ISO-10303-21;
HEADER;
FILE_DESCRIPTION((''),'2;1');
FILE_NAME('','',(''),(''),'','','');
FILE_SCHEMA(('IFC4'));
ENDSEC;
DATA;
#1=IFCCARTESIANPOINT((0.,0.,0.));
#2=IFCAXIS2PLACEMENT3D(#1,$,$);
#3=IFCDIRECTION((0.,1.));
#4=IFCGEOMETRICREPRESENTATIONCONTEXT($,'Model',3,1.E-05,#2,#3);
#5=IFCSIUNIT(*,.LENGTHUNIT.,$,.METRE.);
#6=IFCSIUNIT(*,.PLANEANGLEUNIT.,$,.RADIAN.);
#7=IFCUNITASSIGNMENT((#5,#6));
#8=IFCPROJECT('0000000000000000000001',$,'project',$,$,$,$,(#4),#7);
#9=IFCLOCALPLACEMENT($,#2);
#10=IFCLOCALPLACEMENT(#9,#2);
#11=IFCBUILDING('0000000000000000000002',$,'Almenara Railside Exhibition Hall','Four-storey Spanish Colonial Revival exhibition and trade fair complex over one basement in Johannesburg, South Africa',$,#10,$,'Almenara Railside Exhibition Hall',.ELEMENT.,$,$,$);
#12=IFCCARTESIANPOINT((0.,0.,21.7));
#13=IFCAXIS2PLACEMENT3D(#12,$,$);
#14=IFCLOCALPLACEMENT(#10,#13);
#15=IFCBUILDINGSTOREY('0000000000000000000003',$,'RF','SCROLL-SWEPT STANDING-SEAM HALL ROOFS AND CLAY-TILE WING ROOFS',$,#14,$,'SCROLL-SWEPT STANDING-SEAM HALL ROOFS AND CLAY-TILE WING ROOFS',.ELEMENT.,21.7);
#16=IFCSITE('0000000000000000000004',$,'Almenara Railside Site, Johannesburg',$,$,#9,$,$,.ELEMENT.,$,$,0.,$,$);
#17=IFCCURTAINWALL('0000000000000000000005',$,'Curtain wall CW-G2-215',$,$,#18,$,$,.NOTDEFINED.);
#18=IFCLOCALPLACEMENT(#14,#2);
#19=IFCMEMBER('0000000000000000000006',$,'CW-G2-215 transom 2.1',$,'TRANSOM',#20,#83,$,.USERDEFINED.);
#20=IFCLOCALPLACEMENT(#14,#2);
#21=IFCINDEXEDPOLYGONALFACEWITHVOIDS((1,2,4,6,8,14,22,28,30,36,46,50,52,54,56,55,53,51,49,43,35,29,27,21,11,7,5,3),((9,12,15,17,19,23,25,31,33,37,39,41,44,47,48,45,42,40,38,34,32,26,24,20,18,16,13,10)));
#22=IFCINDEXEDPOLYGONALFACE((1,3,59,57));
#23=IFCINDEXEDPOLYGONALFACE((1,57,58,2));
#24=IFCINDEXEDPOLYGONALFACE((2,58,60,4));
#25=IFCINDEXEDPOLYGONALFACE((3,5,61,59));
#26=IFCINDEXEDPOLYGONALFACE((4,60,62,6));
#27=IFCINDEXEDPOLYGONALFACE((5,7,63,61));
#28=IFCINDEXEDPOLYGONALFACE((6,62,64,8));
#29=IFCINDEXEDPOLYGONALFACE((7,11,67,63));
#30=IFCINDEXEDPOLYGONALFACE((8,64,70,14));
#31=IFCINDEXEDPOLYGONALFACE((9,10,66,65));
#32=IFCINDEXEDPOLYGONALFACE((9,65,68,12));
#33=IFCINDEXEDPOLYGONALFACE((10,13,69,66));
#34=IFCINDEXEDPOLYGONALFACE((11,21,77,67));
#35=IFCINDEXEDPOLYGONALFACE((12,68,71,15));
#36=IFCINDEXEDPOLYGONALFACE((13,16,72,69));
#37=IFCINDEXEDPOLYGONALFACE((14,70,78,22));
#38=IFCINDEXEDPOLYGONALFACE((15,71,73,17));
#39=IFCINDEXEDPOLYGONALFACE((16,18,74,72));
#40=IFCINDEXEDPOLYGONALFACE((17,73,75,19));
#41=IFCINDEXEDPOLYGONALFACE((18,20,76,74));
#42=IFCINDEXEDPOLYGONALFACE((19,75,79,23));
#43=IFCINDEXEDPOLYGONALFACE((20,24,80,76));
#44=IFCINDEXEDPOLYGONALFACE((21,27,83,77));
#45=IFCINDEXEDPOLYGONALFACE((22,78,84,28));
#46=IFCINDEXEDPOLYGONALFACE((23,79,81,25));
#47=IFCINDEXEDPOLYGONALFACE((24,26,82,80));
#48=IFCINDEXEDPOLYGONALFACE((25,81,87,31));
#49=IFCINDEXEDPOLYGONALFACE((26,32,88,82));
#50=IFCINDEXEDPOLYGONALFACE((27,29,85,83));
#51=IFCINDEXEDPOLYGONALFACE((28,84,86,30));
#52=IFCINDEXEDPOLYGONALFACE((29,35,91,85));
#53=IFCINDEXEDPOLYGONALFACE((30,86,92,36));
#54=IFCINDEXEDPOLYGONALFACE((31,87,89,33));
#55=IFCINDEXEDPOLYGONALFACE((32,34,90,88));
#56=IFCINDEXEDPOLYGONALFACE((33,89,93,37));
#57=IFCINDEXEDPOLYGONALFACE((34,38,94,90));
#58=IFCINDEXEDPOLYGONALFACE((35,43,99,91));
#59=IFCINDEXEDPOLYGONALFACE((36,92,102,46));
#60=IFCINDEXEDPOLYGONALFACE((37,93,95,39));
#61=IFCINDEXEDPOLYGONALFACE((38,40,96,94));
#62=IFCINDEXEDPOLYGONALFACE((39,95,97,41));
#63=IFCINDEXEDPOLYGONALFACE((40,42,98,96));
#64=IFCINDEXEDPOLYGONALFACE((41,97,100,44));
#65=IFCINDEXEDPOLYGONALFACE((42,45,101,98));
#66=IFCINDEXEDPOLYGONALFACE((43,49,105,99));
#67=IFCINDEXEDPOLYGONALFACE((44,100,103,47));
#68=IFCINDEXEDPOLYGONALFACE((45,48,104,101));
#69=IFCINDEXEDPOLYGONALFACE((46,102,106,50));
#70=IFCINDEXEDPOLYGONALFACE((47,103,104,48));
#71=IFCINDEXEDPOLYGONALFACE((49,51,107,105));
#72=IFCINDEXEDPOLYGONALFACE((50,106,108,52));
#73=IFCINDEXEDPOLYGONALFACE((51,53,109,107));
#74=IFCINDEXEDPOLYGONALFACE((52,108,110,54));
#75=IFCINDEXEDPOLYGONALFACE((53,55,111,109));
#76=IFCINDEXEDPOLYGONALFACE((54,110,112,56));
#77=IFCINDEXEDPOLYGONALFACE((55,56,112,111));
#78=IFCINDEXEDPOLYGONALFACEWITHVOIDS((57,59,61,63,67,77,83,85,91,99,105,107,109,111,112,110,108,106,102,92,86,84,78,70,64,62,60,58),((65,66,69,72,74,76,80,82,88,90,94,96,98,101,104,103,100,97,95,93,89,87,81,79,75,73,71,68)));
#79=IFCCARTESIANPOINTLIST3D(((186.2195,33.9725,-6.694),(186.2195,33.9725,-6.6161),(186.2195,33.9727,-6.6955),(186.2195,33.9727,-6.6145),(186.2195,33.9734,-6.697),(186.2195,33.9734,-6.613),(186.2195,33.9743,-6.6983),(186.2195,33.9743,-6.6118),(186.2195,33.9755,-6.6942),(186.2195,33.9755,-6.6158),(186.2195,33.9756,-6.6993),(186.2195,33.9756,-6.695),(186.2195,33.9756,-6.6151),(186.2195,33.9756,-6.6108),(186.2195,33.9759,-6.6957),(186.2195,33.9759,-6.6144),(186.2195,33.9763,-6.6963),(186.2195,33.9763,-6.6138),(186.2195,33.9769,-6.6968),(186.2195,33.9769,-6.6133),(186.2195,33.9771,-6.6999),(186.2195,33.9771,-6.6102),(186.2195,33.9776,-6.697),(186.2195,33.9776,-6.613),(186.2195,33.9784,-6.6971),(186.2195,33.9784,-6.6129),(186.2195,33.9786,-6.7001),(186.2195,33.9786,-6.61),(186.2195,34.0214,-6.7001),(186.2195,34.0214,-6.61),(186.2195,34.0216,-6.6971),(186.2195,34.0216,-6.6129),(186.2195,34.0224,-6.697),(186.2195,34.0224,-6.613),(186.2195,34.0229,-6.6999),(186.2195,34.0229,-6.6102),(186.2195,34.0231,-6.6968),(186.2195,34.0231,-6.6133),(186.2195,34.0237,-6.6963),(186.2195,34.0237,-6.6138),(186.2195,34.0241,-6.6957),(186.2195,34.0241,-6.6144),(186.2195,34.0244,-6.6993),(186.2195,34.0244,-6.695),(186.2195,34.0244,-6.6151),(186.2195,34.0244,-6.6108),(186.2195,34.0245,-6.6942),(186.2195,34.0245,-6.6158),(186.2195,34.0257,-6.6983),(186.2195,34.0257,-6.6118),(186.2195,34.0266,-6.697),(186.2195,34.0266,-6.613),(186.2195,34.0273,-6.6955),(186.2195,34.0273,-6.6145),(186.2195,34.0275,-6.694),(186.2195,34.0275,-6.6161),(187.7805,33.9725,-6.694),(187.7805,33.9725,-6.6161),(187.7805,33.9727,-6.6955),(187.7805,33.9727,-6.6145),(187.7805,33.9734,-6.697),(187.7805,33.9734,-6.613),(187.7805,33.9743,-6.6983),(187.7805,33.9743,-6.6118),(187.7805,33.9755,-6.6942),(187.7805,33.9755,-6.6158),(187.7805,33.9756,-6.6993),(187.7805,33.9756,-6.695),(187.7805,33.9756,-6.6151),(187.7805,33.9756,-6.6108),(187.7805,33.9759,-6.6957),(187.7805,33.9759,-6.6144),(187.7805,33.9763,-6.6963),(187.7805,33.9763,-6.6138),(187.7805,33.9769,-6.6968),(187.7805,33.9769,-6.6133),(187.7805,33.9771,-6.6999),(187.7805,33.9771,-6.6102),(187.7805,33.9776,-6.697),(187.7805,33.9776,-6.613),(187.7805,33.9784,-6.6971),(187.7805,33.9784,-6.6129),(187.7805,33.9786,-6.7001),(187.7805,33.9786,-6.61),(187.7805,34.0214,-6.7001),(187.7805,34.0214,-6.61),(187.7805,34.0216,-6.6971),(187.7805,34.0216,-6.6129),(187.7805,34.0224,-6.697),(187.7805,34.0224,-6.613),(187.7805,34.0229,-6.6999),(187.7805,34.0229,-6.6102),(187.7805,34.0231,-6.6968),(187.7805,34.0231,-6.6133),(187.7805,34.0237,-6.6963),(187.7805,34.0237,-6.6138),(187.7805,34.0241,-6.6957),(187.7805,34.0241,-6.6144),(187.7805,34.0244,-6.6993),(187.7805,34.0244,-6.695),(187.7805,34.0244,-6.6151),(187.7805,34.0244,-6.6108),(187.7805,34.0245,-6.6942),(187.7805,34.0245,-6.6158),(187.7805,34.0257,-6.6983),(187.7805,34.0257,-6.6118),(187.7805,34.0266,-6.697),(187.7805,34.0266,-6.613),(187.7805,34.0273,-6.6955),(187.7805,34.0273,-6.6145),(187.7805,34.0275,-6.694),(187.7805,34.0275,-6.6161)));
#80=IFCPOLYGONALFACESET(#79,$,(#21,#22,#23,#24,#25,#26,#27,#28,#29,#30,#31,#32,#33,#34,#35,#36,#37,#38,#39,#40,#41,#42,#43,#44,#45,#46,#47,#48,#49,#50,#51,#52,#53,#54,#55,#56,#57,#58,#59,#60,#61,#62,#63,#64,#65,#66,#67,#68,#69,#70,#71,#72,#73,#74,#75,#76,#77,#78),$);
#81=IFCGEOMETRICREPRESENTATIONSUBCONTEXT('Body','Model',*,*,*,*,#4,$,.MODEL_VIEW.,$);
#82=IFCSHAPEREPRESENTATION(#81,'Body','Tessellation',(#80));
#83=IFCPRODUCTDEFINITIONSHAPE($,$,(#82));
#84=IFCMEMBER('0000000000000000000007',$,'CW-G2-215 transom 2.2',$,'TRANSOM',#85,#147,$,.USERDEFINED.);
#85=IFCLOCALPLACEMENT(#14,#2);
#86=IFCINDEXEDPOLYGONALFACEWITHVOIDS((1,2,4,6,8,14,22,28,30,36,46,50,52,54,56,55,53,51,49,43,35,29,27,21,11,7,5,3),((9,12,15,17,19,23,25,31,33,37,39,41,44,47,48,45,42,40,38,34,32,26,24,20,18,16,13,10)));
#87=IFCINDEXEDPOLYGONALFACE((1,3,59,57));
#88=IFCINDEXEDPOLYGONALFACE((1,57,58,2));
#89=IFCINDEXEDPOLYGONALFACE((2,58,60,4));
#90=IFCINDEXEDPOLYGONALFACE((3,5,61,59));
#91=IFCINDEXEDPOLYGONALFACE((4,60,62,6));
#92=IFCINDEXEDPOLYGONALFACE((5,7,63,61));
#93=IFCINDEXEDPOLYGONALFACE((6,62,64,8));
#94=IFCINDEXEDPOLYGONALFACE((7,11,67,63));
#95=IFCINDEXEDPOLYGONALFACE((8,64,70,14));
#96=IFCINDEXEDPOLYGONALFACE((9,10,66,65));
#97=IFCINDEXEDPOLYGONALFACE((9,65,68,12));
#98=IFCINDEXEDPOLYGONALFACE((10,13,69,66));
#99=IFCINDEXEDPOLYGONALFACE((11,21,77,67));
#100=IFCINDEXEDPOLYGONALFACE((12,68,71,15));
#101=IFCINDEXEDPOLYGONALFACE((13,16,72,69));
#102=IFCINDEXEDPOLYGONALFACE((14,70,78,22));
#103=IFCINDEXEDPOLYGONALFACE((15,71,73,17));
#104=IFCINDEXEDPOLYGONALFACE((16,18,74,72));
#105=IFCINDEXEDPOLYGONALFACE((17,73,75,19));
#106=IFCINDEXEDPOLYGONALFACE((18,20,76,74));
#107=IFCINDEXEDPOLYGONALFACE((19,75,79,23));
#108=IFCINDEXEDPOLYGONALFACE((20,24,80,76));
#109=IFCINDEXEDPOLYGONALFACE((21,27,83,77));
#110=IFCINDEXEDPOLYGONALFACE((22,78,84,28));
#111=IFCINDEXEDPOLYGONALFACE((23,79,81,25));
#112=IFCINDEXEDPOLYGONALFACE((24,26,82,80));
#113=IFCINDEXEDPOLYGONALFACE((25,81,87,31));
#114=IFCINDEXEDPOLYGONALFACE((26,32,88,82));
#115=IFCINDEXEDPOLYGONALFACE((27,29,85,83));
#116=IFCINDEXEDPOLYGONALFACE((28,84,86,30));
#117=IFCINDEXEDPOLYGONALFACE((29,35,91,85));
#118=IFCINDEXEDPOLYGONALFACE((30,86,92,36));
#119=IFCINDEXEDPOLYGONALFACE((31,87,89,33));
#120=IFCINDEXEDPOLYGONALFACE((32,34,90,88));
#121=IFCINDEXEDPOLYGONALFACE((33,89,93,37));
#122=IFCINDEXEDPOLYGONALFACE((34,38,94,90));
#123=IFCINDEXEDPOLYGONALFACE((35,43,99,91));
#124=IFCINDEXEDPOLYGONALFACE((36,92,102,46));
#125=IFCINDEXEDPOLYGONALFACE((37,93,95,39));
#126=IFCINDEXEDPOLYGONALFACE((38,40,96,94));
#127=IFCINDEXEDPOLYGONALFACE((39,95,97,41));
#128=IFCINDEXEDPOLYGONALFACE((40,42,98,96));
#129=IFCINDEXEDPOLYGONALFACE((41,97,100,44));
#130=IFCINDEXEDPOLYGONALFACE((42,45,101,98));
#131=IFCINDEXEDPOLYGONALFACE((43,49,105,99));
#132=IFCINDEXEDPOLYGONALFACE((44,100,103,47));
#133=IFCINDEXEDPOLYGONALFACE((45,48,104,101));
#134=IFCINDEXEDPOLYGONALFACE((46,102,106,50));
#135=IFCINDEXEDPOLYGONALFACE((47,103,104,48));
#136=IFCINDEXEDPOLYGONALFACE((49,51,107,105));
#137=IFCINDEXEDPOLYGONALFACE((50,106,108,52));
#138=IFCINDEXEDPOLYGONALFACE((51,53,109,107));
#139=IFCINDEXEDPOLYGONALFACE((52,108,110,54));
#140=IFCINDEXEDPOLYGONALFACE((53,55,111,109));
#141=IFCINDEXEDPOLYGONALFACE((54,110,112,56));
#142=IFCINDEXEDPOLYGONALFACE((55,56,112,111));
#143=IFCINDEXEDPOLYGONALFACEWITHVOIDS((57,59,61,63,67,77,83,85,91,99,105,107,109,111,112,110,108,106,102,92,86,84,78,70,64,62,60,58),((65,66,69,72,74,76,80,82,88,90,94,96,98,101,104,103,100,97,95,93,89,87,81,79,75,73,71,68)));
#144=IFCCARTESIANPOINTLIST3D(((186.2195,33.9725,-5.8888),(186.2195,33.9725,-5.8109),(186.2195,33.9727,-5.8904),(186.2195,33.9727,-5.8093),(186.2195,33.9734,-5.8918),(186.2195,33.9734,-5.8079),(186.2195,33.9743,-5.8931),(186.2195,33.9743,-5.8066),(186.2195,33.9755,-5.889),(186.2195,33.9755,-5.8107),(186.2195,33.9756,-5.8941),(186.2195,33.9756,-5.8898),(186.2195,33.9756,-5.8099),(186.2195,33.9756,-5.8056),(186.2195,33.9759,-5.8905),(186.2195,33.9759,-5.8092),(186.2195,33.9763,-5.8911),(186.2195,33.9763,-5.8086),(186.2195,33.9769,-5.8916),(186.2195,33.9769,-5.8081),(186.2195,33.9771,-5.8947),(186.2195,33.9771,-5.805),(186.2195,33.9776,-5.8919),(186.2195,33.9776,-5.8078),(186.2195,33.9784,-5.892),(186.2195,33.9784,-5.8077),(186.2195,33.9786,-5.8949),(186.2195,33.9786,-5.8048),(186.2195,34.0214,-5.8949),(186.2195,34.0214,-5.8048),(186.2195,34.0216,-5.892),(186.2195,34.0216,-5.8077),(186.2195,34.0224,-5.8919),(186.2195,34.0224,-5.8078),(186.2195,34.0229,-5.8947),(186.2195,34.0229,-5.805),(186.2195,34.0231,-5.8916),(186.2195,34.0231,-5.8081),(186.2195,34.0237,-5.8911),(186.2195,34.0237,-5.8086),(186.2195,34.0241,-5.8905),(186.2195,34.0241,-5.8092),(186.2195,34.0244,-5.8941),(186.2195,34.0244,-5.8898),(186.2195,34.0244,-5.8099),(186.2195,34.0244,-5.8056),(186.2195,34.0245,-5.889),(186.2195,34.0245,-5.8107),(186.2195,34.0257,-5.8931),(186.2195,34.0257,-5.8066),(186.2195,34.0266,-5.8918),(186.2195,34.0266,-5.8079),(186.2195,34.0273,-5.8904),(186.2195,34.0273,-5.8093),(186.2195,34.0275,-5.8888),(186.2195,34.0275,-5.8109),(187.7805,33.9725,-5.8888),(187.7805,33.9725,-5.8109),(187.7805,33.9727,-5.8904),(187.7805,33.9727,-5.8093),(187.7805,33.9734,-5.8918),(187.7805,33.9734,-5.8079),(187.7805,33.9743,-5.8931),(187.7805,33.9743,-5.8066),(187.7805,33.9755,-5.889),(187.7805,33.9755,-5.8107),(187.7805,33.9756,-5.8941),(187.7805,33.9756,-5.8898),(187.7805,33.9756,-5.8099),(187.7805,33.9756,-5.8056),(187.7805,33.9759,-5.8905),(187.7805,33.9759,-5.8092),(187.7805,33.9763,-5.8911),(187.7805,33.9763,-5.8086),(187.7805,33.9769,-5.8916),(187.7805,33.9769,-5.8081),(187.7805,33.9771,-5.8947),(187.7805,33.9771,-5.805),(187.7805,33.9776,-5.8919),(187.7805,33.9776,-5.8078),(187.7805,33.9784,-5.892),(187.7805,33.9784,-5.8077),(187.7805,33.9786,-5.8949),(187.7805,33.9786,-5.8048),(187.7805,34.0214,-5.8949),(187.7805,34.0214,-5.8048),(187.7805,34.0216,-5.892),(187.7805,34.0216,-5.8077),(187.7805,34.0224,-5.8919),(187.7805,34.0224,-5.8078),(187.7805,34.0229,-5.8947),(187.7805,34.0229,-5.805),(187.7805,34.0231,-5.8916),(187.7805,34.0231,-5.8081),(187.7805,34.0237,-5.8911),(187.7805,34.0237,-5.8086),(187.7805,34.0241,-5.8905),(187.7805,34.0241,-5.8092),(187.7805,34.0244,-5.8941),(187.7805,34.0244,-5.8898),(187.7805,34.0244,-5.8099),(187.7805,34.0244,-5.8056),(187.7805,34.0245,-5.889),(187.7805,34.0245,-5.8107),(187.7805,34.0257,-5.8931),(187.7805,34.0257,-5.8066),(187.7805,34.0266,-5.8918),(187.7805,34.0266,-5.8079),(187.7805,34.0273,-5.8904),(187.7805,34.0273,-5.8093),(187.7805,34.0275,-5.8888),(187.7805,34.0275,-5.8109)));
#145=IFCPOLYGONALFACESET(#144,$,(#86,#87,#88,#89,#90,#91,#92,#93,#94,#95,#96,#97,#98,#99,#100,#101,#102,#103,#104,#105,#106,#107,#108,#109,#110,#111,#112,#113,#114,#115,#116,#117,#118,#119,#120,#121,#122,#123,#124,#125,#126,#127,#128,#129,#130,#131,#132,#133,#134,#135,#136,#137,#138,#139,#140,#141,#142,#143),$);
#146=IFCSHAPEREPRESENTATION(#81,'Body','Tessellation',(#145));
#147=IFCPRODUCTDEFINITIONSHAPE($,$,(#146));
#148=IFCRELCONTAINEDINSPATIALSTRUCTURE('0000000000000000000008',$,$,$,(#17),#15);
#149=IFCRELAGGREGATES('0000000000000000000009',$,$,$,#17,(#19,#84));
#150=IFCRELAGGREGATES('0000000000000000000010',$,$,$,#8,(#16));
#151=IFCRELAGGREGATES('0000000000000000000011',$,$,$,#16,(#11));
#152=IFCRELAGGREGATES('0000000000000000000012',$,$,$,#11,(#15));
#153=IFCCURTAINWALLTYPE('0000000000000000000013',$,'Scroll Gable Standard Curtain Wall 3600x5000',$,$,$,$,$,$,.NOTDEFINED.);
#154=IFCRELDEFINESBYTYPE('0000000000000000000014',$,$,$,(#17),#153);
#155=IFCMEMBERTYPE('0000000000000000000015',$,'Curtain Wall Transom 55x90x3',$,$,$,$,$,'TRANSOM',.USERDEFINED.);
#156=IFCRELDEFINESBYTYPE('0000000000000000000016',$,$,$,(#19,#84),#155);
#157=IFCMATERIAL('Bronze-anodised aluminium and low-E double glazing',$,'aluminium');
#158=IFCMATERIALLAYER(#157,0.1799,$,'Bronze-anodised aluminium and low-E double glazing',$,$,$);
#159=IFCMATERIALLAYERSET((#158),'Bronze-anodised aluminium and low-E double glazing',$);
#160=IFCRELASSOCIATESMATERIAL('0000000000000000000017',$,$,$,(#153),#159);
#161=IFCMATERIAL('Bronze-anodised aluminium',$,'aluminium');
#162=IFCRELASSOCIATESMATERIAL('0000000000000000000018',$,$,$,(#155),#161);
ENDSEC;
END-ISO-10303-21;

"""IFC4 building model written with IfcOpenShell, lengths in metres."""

from ifc_helpers import new_model, si_unit, direction, frame, origin, origin_2d, place, context, subcontext, project, spatial, hollow_rectangle, extrude, material, layer, layer_set, material_profile, profile_set, type_object, element, aggregate, save


model = new_model("IFC4")

# Units and contexts
model_context = context("Model", 3, precision=1e-05, world=origin(), true_north=direction((0.0, 1.0)))
body_context = subcontext(model_context, "Body", "Model", "MODEL_VIEW")
ifc_project = project(units=[si_unit("LENGTHUNIT", "METRE"), si_unit("PLANEANGLEUNIT", "RADIAN")], contexts=[model_context])

# Site, building, storey
site_placement = place(None, origin())
site = spatial("IfcSite", under=ifc_project, at=site_placement, Name="Almenara Railside Site, Johannesburg", CompositionType="ELEMENT", RefElevation=0.0)
building_placement = place(site_placement, origin())
building = spatial("IfcBuilding", under=site, at=building_placement, Name="Almenara Railside Exhibition Hall", Description="Four-storey Spanish Colonial Revival exhibition and trade fair complex over one basement in Johannesburg, South Africa", LongName="Almenara Railside Exhibition Hall", CompositionType="ELEMENT")
storey_placement = place(building_placement, frame((0.0, 0.0, 21.7)))
storey = spatial("IfcBuildingStorey", under=building, at=storey_placement, Name="RF", Description="SCROLL-SWEPT STANDING-SEAM HALL ROOFS AND CLAY-TILE WING ROOFS", LongName="SCROLL-SWEPT STANDING-SEAM HALL ROOFS AND CLAY-TILE WING ROOFS", CompositionType="ELEMENT", Elevation=21.7)

# Curtain wall, members
ifc_material_1 = material(Name="Bronze-anodised aluminium and low-E double glazing", Category="aluminium")
ifc_layer_1 = layer(ifc_material_1, 0.1799, Name="Bronze-anodised aluminium and low-E double glazing")
ifc_layer_set_1 = layer_set([ifc_layer_1], Name="Bronze-anodised aluminium and low-E double glazing")
curtain_wall_type = type_object("IfcCurtainWallType", Name="Scroll Gable Standard Curtain Wall 3600x5000", PredefinedType="NOTDEFINED", material=ifc_layer_set_1)
curtain_wall_placement = place(storey_placement, origin())
curtain_wall = element("IfcCurtainWall", 1, at=curtain_wall_placement, inside=storey, type_object=curtain_wall_type, Name="Curtain wall CW-G2-215", PredefinedType="NOTDEFINED")
ifc_material_2 = material(Name="Bronze-anodised aluminium", Category="aluminium")
ifc_material_profile_1 = material_profile(ifc_material_2, hollow_rectangle(XDim=0.0549, YDim=0.0901, WallThickness=0.0029, InnerFilletRadius=0.0029, OuterFilletRadius=0.0061, at=origin_2d()), Name="ALU-TRN 55x90x3")
ifc_profile_set_1 = profile_set([ifc_material_profile_1], Name="Bronze-anodised aluminium")
member_type_1 = type_object("IfcMemberType", Name="Curtain Wall Transom 55x90x3", ElementType="TRANSOM", PredefinedType="USERDEFINED", material=ifc_profile_set_1)
member_1_placement = place(storey_placement, frame((186.2195, 34.0, -6.655), z_axis=(1.0, 0.0, 0.0), x_axis=(0.0, 1.0, 0.0)))
member_1 = element("IfcMember", 2, at=member_1_placement, type_object=member_type_1, Name="CW-G2-215 transom 2.1", ObjectType="TRANSOM", PredefinedType="USERDEFINED", context=body_context, shape_type="SweptSolid", body=[
    extrude(hollow_rectangle(XDim=0.0549, YDim=0.0901, WallThickness=0.0029, InnerFilletRadius=0.0029, OuterFilletRadius=0.0061, at=origin_2d()), origin(), (0.0, 0.0, 1.0), 1.561),
])
member_2_placement = place(storey_placement, frame((186.2195, 34.0, -5.8499), z_axis=(1.0, 0.0, 0.0), x_axis=(0.0, 1.0, 0.0)))
member_2 = element("IfcMember", 3, at=member_2_placement, type_object=member_type_1, Name="CW-G2-215 transom 2.2", ObjectType="TRANSOM", PredefinedType="USERDEFINED", context=body_context, shape_type="SweptSolid", body=[
    extrude(hollow_rectangle(XDim=0.0549, YDim=0.0901, WallThickness=0.0029, InnerFilletRadius=0.0029, OuterFilletRadius=0.0061, at=origin_2d()), origin(), (0.0, 0.0, 1.0), 1.561),
])

aggregate(curtain_wall, [member_1, member_2])

save(model, "model.ifc")
